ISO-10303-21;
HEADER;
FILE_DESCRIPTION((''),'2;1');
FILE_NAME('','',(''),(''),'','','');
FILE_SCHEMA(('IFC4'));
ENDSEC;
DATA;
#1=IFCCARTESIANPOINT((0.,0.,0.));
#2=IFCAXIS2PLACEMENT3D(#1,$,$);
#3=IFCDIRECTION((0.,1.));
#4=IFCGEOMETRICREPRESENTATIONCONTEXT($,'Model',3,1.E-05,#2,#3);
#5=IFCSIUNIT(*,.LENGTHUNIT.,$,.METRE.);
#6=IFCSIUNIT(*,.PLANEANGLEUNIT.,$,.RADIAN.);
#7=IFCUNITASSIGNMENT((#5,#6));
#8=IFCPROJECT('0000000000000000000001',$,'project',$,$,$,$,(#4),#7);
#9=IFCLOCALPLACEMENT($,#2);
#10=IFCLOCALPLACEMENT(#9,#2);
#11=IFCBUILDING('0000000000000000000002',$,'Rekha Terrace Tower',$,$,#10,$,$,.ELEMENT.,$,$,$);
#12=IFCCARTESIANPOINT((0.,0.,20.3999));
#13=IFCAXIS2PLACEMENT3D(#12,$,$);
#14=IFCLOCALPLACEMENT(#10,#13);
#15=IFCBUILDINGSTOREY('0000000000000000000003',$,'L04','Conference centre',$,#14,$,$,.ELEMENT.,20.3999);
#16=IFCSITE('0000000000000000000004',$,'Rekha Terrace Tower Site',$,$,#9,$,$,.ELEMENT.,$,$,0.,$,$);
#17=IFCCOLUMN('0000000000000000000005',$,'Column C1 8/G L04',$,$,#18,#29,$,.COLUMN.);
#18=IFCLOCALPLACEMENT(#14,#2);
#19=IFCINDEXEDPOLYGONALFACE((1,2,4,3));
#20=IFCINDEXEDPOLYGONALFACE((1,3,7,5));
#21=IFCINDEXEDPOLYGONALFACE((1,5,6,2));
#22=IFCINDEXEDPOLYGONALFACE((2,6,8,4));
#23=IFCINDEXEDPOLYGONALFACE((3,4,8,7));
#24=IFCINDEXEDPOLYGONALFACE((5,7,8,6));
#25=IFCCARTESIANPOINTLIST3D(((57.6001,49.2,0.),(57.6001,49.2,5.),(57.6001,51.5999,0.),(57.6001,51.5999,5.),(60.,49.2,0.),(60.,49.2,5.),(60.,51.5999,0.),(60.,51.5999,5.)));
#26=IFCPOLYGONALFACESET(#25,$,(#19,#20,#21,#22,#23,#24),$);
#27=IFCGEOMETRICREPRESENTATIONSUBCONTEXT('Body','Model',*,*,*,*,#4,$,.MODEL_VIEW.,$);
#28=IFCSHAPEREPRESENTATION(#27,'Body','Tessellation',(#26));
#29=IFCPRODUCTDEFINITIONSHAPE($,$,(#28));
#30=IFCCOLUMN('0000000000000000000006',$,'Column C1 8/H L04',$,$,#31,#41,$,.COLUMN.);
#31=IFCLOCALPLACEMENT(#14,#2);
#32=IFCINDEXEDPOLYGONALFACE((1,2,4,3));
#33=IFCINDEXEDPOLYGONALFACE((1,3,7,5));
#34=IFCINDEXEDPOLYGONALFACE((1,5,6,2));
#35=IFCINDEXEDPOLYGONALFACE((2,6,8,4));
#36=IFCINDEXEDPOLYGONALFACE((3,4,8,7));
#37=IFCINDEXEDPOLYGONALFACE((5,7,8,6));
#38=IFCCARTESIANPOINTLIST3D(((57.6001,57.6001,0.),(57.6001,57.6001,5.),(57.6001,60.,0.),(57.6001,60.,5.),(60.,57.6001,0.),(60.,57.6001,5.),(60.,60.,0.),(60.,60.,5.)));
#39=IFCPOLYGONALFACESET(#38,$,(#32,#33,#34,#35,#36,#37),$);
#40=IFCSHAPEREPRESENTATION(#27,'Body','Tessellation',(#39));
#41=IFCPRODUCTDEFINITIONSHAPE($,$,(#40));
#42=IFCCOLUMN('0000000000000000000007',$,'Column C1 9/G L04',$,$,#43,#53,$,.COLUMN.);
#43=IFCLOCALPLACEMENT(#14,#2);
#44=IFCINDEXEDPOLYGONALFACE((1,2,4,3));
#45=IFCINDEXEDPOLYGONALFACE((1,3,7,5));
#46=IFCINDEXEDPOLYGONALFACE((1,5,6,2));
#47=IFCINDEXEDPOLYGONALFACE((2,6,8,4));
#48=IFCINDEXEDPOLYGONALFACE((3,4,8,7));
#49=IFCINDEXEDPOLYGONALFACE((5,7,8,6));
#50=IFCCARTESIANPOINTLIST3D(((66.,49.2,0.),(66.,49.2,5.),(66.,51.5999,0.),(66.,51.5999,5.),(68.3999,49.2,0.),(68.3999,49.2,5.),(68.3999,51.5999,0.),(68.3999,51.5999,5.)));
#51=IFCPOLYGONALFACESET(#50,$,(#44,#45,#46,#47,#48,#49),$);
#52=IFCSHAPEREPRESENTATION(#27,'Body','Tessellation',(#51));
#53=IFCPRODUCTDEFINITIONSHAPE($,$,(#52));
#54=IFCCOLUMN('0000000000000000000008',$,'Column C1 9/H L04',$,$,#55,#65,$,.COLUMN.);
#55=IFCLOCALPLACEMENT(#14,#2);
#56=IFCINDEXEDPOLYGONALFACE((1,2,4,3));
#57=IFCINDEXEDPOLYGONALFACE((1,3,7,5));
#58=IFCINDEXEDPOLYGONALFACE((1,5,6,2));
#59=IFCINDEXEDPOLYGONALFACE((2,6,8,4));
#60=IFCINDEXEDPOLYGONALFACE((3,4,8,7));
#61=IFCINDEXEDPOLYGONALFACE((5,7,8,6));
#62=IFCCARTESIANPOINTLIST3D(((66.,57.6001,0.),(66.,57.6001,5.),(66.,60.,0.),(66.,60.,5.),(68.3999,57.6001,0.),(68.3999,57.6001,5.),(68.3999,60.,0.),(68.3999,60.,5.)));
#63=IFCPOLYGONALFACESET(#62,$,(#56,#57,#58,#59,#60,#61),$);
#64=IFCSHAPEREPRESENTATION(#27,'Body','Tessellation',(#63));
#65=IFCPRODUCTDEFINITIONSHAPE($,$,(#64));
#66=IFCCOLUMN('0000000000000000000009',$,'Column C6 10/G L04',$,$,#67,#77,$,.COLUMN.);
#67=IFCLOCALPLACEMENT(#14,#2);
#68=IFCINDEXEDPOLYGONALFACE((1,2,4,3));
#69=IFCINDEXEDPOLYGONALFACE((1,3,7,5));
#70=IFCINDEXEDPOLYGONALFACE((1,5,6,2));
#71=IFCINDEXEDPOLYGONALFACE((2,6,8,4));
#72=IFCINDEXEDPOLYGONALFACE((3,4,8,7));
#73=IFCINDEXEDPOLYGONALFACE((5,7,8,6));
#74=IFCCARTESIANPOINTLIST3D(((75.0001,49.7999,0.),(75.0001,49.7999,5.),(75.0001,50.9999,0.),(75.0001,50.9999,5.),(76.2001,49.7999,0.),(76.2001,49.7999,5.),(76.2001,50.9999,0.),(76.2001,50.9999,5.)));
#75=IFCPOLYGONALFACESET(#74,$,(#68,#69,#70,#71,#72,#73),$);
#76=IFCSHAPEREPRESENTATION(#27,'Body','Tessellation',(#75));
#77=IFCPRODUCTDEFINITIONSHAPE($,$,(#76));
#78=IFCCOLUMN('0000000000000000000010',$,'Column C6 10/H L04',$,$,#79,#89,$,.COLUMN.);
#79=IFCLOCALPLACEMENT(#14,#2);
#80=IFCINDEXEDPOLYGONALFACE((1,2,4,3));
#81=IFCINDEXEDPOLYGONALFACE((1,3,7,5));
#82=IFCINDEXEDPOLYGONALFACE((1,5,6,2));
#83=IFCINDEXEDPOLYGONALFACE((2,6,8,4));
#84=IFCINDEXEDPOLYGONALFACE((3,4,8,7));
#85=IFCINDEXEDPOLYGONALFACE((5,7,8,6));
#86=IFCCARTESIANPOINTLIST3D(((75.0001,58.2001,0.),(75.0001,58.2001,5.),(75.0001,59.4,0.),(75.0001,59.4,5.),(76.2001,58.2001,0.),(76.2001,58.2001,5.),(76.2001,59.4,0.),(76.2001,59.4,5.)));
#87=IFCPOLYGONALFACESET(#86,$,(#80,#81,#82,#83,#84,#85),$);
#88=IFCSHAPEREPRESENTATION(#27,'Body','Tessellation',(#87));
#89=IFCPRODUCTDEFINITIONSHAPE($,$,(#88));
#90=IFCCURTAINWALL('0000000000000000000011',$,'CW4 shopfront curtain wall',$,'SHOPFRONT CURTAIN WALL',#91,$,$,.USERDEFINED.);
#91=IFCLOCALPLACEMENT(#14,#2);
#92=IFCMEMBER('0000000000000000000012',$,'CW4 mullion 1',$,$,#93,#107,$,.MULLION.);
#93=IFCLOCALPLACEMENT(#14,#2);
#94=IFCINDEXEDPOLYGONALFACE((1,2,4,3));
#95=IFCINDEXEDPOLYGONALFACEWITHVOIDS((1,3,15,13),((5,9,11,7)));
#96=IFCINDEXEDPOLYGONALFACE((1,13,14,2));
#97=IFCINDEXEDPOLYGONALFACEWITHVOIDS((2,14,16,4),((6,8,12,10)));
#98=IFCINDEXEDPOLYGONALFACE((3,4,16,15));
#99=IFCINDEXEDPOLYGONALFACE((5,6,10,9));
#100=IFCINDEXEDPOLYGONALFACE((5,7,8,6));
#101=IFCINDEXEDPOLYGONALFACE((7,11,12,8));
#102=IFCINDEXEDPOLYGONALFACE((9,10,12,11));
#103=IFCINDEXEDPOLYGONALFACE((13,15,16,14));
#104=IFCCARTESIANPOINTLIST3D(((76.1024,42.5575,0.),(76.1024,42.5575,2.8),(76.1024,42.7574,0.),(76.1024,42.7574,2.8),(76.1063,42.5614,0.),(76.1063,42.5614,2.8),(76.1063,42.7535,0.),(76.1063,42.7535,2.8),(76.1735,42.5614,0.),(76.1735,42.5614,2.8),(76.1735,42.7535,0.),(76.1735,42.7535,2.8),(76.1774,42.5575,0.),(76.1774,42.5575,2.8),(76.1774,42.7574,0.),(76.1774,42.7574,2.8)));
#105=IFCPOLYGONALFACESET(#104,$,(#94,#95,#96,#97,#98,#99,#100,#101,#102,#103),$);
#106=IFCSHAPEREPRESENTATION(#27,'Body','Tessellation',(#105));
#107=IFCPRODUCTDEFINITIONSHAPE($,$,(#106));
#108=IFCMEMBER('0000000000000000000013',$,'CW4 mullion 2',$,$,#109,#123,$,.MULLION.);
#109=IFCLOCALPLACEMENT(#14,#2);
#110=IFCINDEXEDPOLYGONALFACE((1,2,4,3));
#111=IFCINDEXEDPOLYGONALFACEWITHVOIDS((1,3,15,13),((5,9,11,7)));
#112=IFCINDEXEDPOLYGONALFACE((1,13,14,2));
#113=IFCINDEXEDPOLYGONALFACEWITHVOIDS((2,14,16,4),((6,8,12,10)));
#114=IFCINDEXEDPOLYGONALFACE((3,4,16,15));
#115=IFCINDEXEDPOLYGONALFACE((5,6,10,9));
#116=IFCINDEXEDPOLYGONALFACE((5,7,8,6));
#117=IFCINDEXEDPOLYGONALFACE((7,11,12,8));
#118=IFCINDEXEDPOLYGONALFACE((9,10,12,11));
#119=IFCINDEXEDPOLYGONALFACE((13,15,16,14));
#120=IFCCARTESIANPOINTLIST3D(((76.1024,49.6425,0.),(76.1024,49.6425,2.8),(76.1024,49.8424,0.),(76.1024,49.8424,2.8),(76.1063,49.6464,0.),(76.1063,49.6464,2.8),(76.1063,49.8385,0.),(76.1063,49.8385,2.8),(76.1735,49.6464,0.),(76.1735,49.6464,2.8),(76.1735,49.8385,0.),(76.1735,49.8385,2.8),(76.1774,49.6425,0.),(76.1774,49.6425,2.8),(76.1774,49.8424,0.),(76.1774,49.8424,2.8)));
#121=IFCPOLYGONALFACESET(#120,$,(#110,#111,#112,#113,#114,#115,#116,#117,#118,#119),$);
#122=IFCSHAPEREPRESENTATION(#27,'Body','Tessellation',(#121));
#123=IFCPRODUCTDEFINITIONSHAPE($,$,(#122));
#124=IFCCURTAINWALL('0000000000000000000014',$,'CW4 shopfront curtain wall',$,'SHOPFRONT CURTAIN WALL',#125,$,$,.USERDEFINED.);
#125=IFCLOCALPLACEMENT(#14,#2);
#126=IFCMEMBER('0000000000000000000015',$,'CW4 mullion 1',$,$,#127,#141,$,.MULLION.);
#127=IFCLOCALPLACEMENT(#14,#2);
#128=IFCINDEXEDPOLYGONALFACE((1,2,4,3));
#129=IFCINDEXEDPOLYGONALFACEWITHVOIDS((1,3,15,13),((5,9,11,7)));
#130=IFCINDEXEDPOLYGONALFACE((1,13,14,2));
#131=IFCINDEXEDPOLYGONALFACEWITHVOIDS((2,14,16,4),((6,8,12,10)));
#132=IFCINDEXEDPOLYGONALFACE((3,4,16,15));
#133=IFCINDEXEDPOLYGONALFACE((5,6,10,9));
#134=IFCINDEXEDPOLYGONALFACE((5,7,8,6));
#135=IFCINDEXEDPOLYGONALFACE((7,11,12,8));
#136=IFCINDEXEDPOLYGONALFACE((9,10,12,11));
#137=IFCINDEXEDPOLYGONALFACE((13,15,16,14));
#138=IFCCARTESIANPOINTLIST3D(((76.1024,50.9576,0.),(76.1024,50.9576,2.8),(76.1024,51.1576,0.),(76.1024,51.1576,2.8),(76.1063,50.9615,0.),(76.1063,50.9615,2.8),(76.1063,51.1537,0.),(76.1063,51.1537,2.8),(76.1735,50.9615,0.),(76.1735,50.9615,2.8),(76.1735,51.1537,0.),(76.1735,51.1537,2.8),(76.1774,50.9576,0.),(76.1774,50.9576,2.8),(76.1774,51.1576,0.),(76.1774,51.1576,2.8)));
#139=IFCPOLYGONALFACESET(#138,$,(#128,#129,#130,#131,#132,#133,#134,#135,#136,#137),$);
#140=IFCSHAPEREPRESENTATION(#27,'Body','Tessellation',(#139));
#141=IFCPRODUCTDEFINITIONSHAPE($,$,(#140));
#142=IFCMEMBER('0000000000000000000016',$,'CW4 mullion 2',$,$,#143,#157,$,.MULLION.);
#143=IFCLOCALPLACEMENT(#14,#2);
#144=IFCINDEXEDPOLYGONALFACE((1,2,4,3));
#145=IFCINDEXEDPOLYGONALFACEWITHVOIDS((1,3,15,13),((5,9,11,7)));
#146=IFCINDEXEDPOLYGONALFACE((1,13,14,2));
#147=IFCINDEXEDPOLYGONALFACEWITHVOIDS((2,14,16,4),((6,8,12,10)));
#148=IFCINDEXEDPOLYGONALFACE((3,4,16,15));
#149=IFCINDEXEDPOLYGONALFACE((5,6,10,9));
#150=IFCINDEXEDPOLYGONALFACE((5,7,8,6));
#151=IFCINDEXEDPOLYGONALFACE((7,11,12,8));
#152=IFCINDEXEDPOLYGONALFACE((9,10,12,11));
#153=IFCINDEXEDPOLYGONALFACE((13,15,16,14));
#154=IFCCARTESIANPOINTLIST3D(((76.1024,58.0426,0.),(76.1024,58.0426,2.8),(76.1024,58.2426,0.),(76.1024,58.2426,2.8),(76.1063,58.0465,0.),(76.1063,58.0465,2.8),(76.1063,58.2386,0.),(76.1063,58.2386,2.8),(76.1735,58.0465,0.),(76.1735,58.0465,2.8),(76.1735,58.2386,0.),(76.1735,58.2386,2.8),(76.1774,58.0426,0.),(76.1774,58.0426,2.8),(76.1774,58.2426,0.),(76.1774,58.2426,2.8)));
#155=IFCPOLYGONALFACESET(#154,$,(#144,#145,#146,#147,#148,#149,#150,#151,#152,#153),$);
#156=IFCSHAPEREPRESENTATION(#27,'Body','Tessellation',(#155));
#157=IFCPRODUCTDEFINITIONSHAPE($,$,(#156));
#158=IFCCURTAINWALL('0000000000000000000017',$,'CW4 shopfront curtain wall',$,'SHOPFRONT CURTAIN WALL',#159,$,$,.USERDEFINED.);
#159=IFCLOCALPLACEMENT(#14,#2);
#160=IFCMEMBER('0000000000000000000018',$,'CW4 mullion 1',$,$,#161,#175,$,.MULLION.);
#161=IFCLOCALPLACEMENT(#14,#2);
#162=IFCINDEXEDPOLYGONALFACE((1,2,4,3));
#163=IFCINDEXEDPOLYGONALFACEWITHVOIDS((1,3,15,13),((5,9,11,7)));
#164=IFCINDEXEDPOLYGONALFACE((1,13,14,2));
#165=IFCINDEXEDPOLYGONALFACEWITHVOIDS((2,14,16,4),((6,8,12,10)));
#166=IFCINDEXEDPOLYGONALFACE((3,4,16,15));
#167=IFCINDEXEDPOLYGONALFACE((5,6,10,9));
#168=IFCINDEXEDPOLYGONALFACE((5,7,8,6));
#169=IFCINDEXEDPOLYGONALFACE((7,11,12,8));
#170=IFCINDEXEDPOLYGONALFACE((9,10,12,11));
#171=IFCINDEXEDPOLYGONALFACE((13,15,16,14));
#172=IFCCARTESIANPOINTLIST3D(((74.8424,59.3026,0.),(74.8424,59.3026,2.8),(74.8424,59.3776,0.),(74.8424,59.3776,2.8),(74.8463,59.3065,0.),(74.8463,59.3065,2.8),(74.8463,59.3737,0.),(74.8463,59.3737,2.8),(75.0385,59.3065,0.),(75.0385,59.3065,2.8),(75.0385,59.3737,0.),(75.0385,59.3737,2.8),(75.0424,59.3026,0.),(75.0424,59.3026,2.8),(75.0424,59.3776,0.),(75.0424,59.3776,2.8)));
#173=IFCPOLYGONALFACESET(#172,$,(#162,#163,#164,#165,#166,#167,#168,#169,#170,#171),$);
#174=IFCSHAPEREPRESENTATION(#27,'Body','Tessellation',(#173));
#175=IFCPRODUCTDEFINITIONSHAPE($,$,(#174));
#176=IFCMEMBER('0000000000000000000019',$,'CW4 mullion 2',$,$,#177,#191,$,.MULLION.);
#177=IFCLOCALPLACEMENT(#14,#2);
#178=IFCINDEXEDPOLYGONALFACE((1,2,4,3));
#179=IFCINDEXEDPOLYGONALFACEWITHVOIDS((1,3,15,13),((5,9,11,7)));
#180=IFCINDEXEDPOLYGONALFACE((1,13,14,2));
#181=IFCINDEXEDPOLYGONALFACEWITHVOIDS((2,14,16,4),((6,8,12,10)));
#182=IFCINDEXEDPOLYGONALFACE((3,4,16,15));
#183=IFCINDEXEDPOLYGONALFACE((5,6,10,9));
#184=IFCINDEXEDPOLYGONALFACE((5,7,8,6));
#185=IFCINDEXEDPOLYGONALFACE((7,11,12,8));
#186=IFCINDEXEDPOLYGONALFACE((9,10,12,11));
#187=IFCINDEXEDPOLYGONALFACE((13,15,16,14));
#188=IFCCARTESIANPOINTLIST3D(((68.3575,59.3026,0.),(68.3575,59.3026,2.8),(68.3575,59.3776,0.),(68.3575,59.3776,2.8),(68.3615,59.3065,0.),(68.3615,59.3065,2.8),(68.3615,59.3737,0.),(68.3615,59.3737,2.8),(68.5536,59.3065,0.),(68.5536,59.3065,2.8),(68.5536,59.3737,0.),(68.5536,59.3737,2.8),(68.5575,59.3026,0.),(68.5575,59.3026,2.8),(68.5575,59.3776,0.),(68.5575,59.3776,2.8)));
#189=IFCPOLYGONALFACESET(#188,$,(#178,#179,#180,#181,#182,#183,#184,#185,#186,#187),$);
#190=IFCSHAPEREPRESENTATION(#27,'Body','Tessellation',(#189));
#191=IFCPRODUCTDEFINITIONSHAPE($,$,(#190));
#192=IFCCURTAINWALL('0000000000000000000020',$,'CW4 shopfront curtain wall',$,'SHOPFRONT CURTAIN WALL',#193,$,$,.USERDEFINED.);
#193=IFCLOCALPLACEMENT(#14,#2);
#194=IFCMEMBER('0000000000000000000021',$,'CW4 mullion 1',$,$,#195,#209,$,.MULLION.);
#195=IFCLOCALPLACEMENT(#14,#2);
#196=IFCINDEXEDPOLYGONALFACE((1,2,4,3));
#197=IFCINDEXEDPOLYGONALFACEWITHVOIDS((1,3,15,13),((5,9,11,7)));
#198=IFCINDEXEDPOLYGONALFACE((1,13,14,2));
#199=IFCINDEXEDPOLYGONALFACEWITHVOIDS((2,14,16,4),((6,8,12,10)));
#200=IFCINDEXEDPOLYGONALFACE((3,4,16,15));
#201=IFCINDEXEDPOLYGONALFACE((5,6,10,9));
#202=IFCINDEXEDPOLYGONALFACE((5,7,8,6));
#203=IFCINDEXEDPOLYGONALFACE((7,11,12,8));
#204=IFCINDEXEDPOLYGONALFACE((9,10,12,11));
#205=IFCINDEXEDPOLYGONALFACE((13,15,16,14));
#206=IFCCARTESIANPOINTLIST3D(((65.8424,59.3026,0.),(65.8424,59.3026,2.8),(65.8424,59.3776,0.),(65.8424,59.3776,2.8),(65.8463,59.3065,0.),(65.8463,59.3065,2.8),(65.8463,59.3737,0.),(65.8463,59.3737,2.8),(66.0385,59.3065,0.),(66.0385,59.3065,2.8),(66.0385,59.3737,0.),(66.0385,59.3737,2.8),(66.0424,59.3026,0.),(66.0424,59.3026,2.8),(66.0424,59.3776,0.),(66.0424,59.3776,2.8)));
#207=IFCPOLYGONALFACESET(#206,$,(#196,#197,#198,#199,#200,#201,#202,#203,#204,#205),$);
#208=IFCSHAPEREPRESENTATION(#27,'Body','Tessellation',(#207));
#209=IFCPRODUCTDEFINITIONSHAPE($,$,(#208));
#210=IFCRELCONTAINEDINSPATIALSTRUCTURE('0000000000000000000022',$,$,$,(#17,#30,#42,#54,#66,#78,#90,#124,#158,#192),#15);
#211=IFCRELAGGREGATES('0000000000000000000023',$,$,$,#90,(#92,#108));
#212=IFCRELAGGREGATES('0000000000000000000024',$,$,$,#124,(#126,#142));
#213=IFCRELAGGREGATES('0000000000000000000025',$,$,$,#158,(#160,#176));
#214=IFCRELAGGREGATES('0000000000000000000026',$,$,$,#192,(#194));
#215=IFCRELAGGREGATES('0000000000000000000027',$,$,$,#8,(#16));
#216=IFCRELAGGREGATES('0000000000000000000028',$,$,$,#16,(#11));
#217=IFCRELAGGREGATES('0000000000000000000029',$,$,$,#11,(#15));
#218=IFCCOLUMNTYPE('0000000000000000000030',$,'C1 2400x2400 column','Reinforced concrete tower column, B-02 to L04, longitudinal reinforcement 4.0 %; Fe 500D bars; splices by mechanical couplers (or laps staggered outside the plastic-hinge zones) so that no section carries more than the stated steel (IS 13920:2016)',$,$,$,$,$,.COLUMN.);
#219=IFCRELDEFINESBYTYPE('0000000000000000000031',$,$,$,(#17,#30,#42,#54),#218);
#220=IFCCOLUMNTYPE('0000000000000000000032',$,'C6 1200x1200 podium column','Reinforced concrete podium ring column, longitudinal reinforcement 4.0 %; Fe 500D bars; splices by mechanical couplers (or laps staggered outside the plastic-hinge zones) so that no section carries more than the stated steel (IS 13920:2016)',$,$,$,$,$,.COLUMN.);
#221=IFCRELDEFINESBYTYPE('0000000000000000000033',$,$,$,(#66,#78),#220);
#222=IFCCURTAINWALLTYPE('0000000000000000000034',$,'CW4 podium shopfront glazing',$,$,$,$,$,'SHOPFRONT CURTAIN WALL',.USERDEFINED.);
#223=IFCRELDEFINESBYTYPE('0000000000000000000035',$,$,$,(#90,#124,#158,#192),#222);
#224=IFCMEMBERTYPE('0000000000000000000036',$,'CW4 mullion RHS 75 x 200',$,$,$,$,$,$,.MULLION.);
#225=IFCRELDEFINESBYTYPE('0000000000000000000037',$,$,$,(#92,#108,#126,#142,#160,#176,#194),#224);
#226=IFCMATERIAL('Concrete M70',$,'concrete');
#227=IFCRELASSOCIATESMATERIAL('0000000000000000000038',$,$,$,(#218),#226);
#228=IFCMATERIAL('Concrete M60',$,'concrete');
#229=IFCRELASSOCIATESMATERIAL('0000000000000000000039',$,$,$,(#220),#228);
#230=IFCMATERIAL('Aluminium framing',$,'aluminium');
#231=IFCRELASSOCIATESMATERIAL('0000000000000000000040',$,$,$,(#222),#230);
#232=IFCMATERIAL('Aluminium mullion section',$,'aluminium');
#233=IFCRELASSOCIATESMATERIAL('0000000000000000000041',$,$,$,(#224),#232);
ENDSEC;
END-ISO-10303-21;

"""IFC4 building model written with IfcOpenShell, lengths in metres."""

from ifc_helpers import new_model, si_unit, direction, frame, origin, origin_2d, place, context, subcontext, project, spatial, rectangle, hollow_rectangle, extrude, material, material_profile, profile_set, type_object, element, aggregate, save


model = new_model("IFC4")

# Units and contexts
model_context = context("Model", 3, precision=1e-05, world=origin(), true_north=direction((0.0, 1.0)))
body_context = subcontext(model_context, "Body", "Model", "MODEL_VIEW")
ifc_project = project(units=[si_unit("LENGTHUNIT", "METRE"), si_unit("PLANEANGLEUNIT", "RADIAN")], contexts=[model_context])

# Site, building, storey
site_placement = place(None, origin())
site = spatial("IfcSite", under=ifc_project, at=site_placement, Name="Rekha Terrace Tower Site", CompositionType="ELEMENT", RefElevation=0.0)
building_placement = place(site_placement, origin())
building = spatial("IfcBuilding", under=site, at=building_placement, Name="Rekha Terrace Tower", CompositionType="ELEMENT")
storey_placement = place(building_placement, frame((0.0, 0.0, 20.3999)))
storey = spatial("IfcBuildingStorey", under=building, at=storey_placement, Name="L04", Description="Conference centre", CompositionType="ELEMENT", Elevation=20.3999)

# Columns
ifc_material_1 = material(Name="Concrete M70", Category="concrete")
ifc_material_profile_1 = material_profile(ifc_material_1, rectangle(XDim=2.3999, YDim=2.3999, at=origin_2d()), Name="RC 2400x2400")
ifc_profile_set_1 = profile_set([ifc_material_profile_1], Name="Concrete M70")
column_type_1 = type_object("IfcColumnType", Name="C1 2400x2400 column", Description="Reinforced concrete tower column, B-02 to L04, longitudinal reinforcement 4.0 %; Fe 500D bars; splices by mechanical couplers (or laps staggered outside the plastic-hinge zones) so that no section carries more than the stated steel (IS 13920:2016)", PredefinedType="COLUMN", material=ifc_profile_set_1)
for number, where, z_axis, x_axis, name in (
    (1, (58.8, 50.3999, 0.0), (0.0, 0.0, 1.0), (1.0, 0.0, 0.0), "Column C1 8/G L04"),
    (2, (58.8, 58.8, 0.0), (0.0, 0.0, 1.0), (1.0, 0.0, 0.0), "Column C1 8/H L04"),
    (3, (67.2, 50.3999, 0.0), (0.0, 0.0, 1.0), (1.0, 0.0, 0.0), "Column C1 9/G L04"),
    (4, (67.2, 58.8, 0.0), (0.0, 0.0, 1.0), (1.0, 0.0, 0.0), "Column C1 9/H L04"),
):
    element("IfcColumn", number, at=place(storey_placement, frame(where, z_axis=z_axis, x_axis=x_axis)), inside=storey, type_object=column_type_1, Name=name, PredefinedType="COLUMN", context=body_context, shape_type="SweptSolid", body=[
        extrude(rectangle(XDim=2.3999, YDim=2.3999, at=origin_2d()), origin(), (0.0, 0.0, 1.0), 5.0),
    ])
ifc_material_2 = material(Name="Concrete M60", Category="concrete")
ifc_material_profile_2 = material_profile(ifc_material_2, rectangle(XDim=1.2, YDim=1.2, at=origin_2d()), Name="RC 1200x1200")
ifc_profile_set_2 = profile_set([ifc_material_profile_2], Name="Concrete M60")
column_type_2 = type_object("IfcColumnType", Name="C6 1200x1200 podium column", Description="Reinforced concrete podium ring column, longitudinal reinforcement 4.0 %; Fe 500D bars; splices by mechanical couplers (or laps staggered outside the plastic-hinge zones) so that no section carries more than the stated steel (IS 13920:2016)", PredefinedType="COLUMN", material=ifc_profile_set_2)
for number, where, z_axis, x_axis, name in (
    (5, (75.6001, 50.3999, 0.0), (0.0, 0.0, 1.0), (1.0, 0.0, 0.0), "Column C6 10/G L04"),
    (6, (75.6001, 58.8, 0.0), (0.0, 0.0, 1.0), (1.0, 0.0, 0.0), "Column C6 10/H L04"),
):
    element("IfcColumn", number, at=place(storey_placement, frame(where, z_axis=z_axis, x_axis=x_axis)), inside=storey, type_object=column_type_2, Name=name, PredefinedType="COLUMN", context=body_context, shape_type="SweptSolid", body=[
        extrude(rectangle(XDim=1.2, YDim=1.2, at=origin_2d()), origin(), (0.0, 0.0, 1.0), 5.0),
    ])

# Curtain walls, members
ifc_material_3 = material(Name="Aluminium framing", Category="aluminium")
curtain_wall_type = type_object("IfcCurtainWallType", Name="CW4 podium shopfront glazing", ElementType="SHOPFRONT CURTAIN WALL", PredefinedType="USERDEFINED", material=ifc_material_3)
curtain_wall_1_placement = place(storey_placement, origin())
curtain_wall_1 = element("IfcCurtainWall", 7, at=curtain_wall_1_placement, inside=storey, type_object=curtain_wall_type, Name="CW4 shopfront curtain wall", ObjectType="SHOPFRONT CURTAIN WALL", PredefinedType="USERDEFINED")
ifc_material_4 = material(Name="Aluminium mullion section", Category="aluminium")
ifc_material_profile_3 = material_profile(ifc_material_4, hollow_rectangle(XDim=0.075, YDim=0.2, WallThickness=0.0039, at=origin_2d()), Name="AL RHS 75x200")
ifc_profile_set_3 = profile_set([ifc_material_profile_3], Name="Aluminium mullion section")
member_type_1 = type_object("IfcMemberType", Name="CW4 mullion RHS 75 x 200", PredefinedType="MULLION", material=ifc_profile_set_3)
member_1_placement = place(storey_placement, frame((76.1399, 42.6575, 0.0), z_axis=(0.0, 0.0, 1.0), x_axis=(-1.0, 0.0, 0.0)))
member_1 = element("IfcMember", 8, at=member_1_placement, type_object=member_type_1, Name="CW4 mullion 1", PredefinedType="MULLION", context=body_context, shape_type="SweptSolid", body=[
    extrude(hollow_rectangle(XDim=0.075, YDim=0.2, WallThickness=0.0039, at=origin_2d()), origin(), (0.0, 0.0, 1.0), 2.8),
])
member_2_placement = place(storey_placement, frame((76.1399, 49.7424, 0.0), z_axis=(0.0, 0.0, 1.0), x_axis=(-1.0, 0.0, 0.0)))
member_2 = element("IfcMember", 9, at=member_2_placement, type_object=member_type_1, Name="CW4 mullion 2", PredefinedType="MULLION", context=body_context, shape_type="SweptSolid", body=[
    extrude(hollow_rectangle(XDim=0.075, YDim=0.2, WallThickness=0.0039, at=origin_2d()), origin(), (0.0, 0.0, 1.0), 2.8),
])
curtain_wall_2_placement = place(storey_placement, origin())
curtain_wall_2 = element("IfcCurtainWall", 10, at=curtain_wall_2_placement, inside=storey, type_object=curtain_wall_type, Name="CW4 shopfront curtain wall", ObjectType="SHOPFRONT CURTAIN WALL", PredefinedType="USERDEFINED")
member_3_placement = place(storey_placement, frame((76.1399, 51.0576, 0.0), z_axis=(0.0, 0.0, 1.0), x_axis=(-1.0, 0.0, 0.0)))
member_3 = element("IfcMember", 11, at=member_3_placement, type_object=member_type_1, Name="CW4 mullion 1", PredefinedType="MULLION", context=body_context, shape_type="SweptSolid", body=[
    extrude(hollow_rectangle(XDim=0.075, YDim=0.2, WallThickness=0.0039, at=origin_2d()), origin(), (0.0, 0.0, 1.0), 2.8),
])
member_4_placement = place(storey_placement, frame((76.1399, 58.1426, 0.0), z_axis=(0.0, 0.0, 1.0), x_axis=(-1.0, 0.0, 0.0)))
member_4 = element("IfcMember", 12, at=member_4_placement, type_object=member_type_1, Name="CW4 mullion 2", PredefinedType="MULLION", context=body_context, shape_type="SweptSolid", body=[
    extrude(hollow_rectangle(XDim=0.075, YDim=0.2, WallThickness=0.0039, at=origin_2d()), origin(), (0.0, 0.0, 1.0), 2.8),
])
curtain_wall_3_placement = place(storey_placement, origin())
curtain_wall_3 = element("IfcCurtainWall", 13, at=curtain_wall_3_placement, inside=storey, type_object=curtain_wall_type, Name="CW4 shopfront curtain wall", ObjectType="SHOPFRONT CURTAIN WALL", PredefinedType="USERDEFINED")
member_5_placement = place(storey_placement, frame((74.9424, 59.3401, 0.0), z_axis=(0.0, 0.0, 1.0), x_axis=(0.0, -1.0, 0.0)))
member_5 = element("IfcMember", 14, at=member_5_placement, type_object=member_type_1, Name="CW4 mullion 1", PredefinedType="MULLION", context=body_context, shape_type="SweptSolid", body=[
    extrude(hollow_rectangle(XDim=0.075, YDim=0.2, WallThickness=0.0039, at=origin_2d()), origin(), (0.0, 0.0, 1.0), 2.8),
])
member_6_placement = place(storey_placement, frame((68.4575, 59.3401, 0.0), z_axis=(0.0, 0.0, 1.0), x_axis=(0.0, -1.0, 0.0)))
member_6 = element("IfcMember", 15, at=member_6_placement, type_object=member_type_1, Name="CW4 mullion 2", PredefinedType="MULLION", context=body_context, shape_type="SweptSolid", body=[
    extrude(hollow_rectangle(XDim=0.075, YDim=0.2, WallThickness=0.0039, at=origin_2d()), origin(), (0.0, 0.0, 1.0), 2.8),
])
curtain_wall_4_placement = place(storey_placement, origin())
curtain_wall_4 = element("IfcCurtainWall", 16, at=curtain_wall_4_placement, inside=storey, type_object=curtain_wall_type, Name="CW4 shopfront curtain wall", ObjectType="SHOPFRONT CURTAIN WALL", PredefinedType="USERDEFINED")
member_7_placement = place(storey_placement, frame((65.9424, 59.3401, 0.0), z_axis=(0.0, 0.0, 1.0), x_axis=(0.0, -1.0, 0.0)))
member_7 = element("IfcMember", 17, at=member_7_placement, type_object=member_type_1, Name="CW4 mullion 1", PredefinedType="MULLION", context=body_context, shape_type="SweptSolid", body=[
    extrude(hollow_rectangle(XDim=0.075, YDim=0.2, WallThickness=0.0039, at=origin_2d()), origin(), (0.0, 0.0, 1.0), 2.8),
])

aggregate(curtain_wall_1, [member_1, member_2])
aggregate(curtain_wall_2, [member_3, member_4])
aggregate(curtain_wall_3, [member_5, member_6])
aggregate(curtain_wall_4, [member_7])

save(model, "model.ifc")
